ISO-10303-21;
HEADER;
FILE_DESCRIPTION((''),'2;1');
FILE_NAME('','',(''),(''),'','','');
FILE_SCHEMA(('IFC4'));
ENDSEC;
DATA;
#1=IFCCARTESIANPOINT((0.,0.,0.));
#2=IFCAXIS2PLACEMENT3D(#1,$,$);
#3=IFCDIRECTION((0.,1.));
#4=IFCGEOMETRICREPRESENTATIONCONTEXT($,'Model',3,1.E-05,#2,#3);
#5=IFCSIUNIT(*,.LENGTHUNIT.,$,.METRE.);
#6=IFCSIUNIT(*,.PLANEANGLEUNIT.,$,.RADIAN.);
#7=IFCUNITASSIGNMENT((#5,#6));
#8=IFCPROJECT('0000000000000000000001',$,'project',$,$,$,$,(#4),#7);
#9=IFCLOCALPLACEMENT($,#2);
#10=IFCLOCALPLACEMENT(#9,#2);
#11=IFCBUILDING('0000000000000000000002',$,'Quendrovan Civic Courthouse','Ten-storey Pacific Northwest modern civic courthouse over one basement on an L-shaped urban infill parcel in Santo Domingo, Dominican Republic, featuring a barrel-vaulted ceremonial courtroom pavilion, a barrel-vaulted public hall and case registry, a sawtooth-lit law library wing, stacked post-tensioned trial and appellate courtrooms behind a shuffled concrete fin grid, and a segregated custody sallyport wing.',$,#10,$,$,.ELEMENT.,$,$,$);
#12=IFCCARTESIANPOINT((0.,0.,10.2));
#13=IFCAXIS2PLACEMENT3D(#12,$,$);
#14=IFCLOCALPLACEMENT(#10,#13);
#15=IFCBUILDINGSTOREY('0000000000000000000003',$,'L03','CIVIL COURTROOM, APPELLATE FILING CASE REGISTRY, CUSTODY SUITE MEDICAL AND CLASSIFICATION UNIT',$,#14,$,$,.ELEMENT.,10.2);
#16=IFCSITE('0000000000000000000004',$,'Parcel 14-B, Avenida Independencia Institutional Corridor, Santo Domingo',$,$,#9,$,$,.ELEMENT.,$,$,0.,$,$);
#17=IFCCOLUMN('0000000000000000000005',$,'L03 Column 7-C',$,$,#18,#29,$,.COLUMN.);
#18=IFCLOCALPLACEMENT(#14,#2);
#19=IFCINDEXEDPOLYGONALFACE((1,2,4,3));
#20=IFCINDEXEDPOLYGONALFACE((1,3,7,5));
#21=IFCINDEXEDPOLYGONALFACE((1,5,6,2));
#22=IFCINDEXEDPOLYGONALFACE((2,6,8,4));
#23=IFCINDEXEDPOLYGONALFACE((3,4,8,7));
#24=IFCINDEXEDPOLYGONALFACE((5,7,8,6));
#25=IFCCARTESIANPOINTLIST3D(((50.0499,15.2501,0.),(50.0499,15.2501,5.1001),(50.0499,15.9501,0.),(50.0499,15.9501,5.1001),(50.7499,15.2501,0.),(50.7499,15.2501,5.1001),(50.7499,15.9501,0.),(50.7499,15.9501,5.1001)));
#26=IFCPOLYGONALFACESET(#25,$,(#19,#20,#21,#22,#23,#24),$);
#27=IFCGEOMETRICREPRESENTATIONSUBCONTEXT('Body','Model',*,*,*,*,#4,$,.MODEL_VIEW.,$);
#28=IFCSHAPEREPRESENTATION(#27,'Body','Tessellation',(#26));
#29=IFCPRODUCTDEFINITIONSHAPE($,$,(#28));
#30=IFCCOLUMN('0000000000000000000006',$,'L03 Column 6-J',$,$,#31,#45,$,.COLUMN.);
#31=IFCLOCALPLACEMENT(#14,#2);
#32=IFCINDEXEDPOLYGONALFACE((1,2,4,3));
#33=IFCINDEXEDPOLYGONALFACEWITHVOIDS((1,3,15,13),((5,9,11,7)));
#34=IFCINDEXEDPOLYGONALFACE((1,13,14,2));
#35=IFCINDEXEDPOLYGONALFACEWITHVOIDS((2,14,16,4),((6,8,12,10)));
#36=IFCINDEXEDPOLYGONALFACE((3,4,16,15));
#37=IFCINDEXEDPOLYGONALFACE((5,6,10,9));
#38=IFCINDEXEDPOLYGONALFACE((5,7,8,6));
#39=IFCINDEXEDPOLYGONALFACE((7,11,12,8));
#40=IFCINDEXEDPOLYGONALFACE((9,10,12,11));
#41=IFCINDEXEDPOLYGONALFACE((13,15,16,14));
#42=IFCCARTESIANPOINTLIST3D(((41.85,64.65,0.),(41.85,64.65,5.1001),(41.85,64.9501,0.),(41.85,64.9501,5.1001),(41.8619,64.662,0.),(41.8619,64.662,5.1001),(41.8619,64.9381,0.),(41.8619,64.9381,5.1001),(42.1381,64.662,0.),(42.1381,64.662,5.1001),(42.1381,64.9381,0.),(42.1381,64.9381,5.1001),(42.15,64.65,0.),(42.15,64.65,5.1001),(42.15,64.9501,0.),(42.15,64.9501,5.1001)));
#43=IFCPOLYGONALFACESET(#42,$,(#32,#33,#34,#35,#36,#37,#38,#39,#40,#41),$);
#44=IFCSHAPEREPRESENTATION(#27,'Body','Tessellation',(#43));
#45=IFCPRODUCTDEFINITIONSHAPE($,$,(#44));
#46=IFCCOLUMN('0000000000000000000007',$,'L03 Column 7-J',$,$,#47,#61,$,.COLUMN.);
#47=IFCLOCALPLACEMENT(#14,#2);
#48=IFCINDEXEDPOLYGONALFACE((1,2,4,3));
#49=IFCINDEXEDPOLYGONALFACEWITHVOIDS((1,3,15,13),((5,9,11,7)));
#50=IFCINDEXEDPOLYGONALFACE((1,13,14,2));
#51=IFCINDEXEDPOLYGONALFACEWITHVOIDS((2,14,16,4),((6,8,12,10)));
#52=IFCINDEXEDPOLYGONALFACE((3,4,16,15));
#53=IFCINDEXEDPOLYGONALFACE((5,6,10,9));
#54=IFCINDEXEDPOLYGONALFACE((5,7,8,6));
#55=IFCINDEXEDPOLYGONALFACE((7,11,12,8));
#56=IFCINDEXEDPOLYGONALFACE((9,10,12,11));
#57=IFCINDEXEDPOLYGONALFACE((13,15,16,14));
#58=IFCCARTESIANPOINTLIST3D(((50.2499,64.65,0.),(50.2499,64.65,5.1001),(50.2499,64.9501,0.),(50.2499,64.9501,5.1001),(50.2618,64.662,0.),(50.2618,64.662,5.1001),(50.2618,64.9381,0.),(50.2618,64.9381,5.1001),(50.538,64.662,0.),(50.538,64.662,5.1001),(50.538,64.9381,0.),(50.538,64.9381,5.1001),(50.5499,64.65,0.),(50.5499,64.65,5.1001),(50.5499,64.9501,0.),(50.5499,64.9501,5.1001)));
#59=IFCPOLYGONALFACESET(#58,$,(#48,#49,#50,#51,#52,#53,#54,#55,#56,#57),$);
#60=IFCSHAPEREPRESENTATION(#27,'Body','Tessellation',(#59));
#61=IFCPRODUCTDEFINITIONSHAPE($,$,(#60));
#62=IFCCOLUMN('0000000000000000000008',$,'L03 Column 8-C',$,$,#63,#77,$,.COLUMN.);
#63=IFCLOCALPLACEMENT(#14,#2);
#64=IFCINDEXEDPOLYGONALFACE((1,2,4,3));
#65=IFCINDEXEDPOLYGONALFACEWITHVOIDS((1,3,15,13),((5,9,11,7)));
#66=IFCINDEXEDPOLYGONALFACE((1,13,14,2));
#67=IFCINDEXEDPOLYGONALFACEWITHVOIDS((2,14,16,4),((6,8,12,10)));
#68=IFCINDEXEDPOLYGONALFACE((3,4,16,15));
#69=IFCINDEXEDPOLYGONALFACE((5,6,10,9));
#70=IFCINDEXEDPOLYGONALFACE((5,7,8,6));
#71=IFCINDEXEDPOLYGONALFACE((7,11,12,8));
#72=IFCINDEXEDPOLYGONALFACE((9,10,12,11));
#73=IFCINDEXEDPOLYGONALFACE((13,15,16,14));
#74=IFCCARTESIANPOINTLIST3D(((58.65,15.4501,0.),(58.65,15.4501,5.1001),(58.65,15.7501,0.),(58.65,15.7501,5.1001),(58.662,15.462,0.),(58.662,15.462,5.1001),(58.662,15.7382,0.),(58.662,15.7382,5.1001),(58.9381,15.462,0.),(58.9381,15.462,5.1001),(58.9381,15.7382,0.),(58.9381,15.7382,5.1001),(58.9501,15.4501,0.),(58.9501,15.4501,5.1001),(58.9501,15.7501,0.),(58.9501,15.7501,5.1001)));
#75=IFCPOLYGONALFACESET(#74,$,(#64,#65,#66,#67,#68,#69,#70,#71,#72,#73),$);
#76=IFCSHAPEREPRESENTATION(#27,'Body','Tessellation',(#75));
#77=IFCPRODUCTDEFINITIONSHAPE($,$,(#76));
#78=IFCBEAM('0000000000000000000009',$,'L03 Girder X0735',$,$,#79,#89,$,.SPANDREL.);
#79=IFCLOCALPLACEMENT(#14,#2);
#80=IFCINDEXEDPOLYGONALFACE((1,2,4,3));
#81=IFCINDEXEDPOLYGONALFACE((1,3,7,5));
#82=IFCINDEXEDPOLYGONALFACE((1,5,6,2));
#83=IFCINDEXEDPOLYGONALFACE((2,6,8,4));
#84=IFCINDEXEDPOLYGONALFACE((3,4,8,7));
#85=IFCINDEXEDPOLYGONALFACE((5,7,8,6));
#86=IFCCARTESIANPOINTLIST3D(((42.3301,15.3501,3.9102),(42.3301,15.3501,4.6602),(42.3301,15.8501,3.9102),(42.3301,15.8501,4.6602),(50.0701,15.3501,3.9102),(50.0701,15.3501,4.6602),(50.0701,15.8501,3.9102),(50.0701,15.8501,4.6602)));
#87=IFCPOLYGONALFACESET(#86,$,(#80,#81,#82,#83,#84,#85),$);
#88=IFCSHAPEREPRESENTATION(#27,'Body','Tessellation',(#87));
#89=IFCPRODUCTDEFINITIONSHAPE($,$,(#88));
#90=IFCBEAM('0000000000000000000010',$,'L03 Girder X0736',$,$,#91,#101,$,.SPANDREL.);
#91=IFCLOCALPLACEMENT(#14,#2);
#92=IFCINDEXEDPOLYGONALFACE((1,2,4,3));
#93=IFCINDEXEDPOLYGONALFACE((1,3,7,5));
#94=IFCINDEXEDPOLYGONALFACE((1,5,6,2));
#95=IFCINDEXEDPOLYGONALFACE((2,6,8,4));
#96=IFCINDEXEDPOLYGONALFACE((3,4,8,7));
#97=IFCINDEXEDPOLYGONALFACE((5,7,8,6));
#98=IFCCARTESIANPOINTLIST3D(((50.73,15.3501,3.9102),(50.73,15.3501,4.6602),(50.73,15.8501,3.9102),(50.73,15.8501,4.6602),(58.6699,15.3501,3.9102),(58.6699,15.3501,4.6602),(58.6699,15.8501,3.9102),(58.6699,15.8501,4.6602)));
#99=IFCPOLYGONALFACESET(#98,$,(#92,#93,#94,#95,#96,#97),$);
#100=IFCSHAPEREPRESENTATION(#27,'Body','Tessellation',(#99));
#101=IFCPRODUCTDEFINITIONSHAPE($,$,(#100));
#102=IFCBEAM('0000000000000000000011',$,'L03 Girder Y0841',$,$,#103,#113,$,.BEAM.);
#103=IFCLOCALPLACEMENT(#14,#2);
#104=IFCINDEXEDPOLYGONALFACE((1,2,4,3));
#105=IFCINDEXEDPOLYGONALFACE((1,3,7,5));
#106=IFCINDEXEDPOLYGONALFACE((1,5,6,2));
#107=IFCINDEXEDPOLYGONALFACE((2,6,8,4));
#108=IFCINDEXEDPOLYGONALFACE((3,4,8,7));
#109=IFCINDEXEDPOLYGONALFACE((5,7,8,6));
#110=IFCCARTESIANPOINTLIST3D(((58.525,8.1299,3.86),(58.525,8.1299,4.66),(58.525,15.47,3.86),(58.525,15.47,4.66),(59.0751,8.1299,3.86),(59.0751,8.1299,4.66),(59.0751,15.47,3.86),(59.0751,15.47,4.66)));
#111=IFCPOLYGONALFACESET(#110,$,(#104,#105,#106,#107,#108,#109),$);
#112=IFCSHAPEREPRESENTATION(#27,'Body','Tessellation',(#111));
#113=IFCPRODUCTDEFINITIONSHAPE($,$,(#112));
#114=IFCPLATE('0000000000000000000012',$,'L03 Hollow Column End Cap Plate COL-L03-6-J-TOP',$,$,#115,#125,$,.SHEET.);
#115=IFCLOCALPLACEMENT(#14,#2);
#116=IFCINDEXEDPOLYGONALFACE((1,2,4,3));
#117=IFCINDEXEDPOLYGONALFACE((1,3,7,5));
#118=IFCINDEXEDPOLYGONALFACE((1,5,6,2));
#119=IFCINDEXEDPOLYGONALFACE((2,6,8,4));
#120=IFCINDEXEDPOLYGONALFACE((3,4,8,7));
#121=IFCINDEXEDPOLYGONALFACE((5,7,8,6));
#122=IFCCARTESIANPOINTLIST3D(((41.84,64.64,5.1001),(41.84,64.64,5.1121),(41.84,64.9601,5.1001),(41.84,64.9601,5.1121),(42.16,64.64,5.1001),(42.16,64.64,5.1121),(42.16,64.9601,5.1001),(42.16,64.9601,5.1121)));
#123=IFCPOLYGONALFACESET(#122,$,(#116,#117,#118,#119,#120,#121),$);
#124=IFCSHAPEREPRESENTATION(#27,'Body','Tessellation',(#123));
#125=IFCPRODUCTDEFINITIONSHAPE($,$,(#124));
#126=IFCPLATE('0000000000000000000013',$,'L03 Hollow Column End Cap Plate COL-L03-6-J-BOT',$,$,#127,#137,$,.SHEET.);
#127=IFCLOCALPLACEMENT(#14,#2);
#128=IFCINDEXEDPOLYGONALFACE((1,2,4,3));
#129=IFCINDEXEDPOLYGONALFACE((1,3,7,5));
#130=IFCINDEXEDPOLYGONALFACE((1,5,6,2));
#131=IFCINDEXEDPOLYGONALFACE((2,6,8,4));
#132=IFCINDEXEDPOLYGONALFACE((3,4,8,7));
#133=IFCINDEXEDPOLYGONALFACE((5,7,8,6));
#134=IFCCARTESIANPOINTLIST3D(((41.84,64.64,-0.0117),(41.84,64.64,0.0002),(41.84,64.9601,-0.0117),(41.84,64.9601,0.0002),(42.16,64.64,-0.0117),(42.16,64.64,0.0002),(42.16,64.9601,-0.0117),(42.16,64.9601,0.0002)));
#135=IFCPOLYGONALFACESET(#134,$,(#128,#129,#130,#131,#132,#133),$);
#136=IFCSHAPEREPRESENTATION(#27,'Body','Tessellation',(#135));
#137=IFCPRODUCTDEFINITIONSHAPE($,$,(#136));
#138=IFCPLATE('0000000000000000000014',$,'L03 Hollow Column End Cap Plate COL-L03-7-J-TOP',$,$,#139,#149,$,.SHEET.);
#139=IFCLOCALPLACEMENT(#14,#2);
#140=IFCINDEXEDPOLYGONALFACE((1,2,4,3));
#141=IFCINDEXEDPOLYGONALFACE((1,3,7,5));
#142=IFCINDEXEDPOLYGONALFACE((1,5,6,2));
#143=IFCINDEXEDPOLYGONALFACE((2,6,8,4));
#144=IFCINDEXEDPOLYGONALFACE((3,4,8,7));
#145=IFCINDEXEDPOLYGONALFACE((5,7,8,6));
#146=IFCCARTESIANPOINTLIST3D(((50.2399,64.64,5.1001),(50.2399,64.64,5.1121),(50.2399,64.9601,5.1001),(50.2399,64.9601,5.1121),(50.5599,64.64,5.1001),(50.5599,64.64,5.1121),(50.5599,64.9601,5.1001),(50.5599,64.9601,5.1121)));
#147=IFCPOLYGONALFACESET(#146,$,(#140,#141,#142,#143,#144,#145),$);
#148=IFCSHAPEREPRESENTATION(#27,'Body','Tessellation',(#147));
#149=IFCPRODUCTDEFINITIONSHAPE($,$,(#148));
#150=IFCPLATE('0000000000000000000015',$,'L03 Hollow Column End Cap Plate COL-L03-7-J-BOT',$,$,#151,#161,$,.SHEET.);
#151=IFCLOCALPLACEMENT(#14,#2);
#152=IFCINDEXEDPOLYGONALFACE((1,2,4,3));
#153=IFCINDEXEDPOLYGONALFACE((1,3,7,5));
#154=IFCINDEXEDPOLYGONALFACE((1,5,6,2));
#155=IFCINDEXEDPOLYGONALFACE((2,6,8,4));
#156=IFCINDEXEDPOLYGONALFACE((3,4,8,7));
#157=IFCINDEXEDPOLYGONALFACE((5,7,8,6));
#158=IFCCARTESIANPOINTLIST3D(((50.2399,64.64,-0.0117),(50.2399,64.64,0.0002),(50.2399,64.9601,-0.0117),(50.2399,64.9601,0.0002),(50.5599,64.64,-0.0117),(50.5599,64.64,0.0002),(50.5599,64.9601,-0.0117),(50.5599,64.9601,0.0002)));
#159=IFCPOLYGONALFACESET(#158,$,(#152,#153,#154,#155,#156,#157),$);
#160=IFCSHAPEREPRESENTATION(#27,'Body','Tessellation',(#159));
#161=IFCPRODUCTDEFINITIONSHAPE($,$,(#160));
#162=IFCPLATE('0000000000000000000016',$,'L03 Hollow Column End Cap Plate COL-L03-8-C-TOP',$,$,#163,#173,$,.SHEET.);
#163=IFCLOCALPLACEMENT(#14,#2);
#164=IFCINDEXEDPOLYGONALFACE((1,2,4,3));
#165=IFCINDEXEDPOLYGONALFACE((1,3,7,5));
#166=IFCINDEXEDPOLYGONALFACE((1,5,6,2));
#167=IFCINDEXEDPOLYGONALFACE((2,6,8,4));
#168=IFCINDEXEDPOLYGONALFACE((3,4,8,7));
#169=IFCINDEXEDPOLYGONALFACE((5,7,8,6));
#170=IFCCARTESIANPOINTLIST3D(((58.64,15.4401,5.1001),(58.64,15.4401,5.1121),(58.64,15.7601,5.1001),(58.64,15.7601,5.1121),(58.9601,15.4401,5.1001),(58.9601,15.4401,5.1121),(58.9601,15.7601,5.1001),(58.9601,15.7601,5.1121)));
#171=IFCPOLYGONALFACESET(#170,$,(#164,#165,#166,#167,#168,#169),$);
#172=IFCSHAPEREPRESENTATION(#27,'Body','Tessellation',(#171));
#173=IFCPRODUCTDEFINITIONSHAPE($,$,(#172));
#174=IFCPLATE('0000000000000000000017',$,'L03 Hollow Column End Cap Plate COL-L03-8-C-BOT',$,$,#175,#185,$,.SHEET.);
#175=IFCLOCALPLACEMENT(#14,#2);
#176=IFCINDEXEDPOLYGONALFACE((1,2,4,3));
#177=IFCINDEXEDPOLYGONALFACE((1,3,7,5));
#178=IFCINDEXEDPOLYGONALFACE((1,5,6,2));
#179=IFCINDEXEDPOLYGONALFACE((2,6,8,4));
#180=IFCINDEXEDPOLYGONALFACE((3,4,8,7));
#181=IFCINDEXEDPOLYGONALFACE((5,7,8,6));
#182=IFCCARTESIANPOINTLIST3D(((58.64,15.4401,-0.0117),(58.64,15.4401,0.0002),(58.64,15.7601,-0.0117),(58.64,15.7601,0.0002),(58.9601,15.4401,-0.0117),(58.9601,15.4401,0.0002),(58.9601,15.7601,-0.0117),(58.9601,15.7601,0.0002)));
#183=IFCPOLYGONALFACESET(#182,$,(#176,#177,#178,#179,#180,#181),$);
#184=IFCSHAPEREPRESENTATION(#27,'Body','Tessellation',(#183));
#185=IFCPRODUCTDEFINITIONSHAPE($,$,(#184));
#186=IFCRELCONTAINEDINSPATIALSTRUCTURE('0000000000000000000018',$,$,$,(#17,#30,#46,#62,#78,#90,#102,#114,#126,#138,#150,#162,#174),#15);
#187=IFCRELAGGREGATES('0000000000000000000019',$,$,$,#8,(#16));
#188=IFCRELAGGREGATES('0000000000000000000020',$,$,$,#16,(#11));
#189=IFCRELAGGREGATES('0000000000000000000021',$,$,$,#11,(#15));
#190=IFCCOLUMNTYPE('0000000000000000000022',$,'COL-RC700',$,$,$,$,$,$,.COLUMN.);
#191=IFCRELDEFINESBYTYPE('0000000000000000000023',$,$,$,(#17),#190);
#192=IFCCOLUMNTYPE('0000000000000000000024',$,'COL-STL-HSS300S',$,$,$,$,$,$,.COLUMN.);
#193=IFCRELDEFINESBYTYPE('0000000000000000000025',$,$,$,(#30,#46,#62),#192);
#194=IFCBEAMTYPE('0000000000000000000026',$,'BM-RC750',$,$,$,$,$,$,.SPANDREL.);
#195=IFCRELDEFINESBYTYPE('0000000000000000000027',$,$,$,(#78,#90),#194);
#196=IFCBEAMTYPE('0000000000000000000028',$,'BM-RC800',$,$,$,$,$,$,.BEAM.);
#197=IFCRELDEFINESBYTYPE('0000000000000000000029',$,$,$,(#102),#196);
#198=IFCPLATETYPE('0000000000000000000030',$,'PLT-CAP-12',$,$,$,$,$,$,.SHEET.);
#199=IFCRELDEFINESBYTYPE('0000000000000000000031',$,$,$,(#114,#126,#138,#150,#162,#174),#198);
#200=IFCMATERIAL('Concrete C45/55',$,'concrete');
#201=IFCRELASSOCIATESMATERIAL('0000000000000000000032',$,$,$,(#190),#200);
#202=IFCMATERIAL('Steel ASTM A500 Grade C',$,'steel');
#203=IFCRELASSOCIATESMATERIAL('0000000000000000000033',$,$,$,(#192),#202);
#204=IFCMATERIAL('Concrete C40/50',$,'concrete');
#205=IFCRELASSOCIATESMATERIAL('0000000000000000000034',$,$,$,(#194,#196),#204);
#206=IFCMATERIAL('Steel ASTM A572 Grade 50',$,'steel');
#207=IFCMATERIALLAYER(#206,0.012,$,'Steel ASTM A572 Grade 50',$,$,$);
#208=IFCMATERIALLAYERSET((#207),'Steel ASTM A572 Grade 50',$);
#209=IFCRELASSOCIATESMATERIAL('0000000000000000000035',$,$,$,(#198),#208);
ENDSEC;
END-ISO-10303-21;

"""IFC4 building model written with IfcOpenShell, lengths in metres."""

from ifc_helpers import new_model, si_unit, direction, frame, origin, origin_2d, place, context, subcontext, project, spatial, rectangle, hollow_rectangle, extrude, material, layer, layer_set, material_profile, profile_set, type_object, element, save


model = new_model("IFC4")

# Units and contexts
model_context = context("Model", 3, precision=1e-05, world=origin(), true_north=direction((0.0, 1.0)))
body_context = subcontext(model_context, "Body", "Model", "MODEL_VIEW")
ifc_project = project(units=[si_unit("LENGTHUNIT", "METRE"), si_unit("PLANEANGLEUNIT", "RADIAN")], contexts=[model_context])

# Site, building, storey
site_placement = place(None, origin())
site = spatial("IfcSite", under=ifc_project, at=site_placement, Name="Parcel 14-B, Avenida Independencia Institutional Corridor, Santo Domingo", CompositionType="ELEMENT", RefElevation=0.0)
building_placement = place(site_placement, origin())
building = spatial("IfcBuilding", under=site, at=building_placement, Name="Quendrovan Civic Courthouse", Description="Ten-storey Pacific Northwest modern civic courthouse over one basement on an L-shaped urban infill parcel in Santo Domingo, Dominican Republic, featuring a barrel-vaulted ceremonial courtroom pavilion, a barrel-vaulted public hall and case registry, a sawtooth-lit law library wing, stacked post-tensioned trial and appellate courtrooms behind a shuffled concrete fin grid, and a segregated custody sallyport wing.", CompositionType="ELEMENT")
storey_placement = place(building_placement, frame((0.0, 0.0, 10.2)))
storey = spatial("IfcBuildingStorey", under=building, at=storey_placement, Name="L03", Description="CIVIL COURTROOM, APPELLATE FILING CASE REGISTRY, CUSTODY SUITE MEDICAL AND CLASSIFICATION UNIT", CompositionType="ELEMENT", Elevation=10.2)

# Columns
ifc_material_1 = material(Name="Concrete C45/55", Category="concrete")
ifc_material_profile_1 = material_profile(ifc_material_1, rectangle(XDim=0.7, YDim=0.7, at=origin_2d()), Name="RC-COL-700x700")
ifc_profile_set_1 = profile_set([ifc_material_profile_1], Name="Concrete C45/55")
column_type_1 = type_object("IfcColumnType", Name="COL-RC700", PredefinedType="COLUMN", material=ifc_profile_set_1)
column_placement = place(storey_placement, frame((50.3999, 15.6001, 0.0), z_axis=(0.0, 0.0, 1.0), x_axis=(1.0, 0.0, 0.0)))
element("IfcColumn", 1, at=column_placement, inside=storey, type_object=column_type_1, Name="L03 Column 7-C", PredefinedType="COLUMN", context=body_context, shape_type="SweptSolid", body=[
    extrude(rectangle(XDim=0.7, YDim=0.7, at=origin_2d()), origin(), (0.0, 0.0, 1.0), 5.1001),
])
ifc_material_2 = material(Name="Steel ASTM A500 Grade C", Category="steel")
ifc_material_profile_2 = material_profile(ifc_material_2, hollow_rectangle(XDim=0.3, YDim=0.3, WallThickness=0.012, at=origin_2d()), Name="HSS300x300x12")
ifc_profile_set_2 = profile_set([ifc_material_profile_2], Name="Steel ASTM A500 Grade C")
column_type_2 = type_object("IfcColumnType", Name="COL-STL-HSS300S", PredefinedType="COLUMN", material=ifc_profile_set_2)
for number, where, z_axis, x_axis, name in (
    (2, (42.0, 64.8, 0.0), (0.0, 0.0, 1.0), (1.0, 0.0, 0.0), "L03 Column 6-J"),
    (3, (50.3999, 64.8, 0.0), (0.0, 0.0, 1.0), (1.0, 0.0, 0.0), "L03 Column 7-J"),
    (4, (58.8, 15.6001, 0.0), (0.0, 0.0, 1.0), (1.0, 0.0, 0.0), "L03 Column 8-C"),
):
    element("IfcColumn", number, at=place(storey_placement, frame(where, z_axis=z_axis, x_axis=x_axis)), inside=storey, type_object=column_type_2, Name=name, PredefinedType="COLUMN", context=body_context, shape_type="SweptSolid", body=[
        extrude(hollow_rectangle(XDim=0.3, YDim=0.3, WallThickness=0.012, at=origin_2d()), origin(), (0.0, 0.0, 1.0), 5.1001),
    ])

# Beams
ifc_material_3 = material(Name="Concrete C40/50", Category="concrete")
ifc_material_profile_3 = material_profile(ifc_material_3, rectangle(XDim=0.5, YDim=0.75, at=origin_2d()), Name="RC-BM-500x750")
ifc_profile_set_3 = profile_set([ifc_material_profile_3], Name="Concrete C40/50")
beam_type_1 = type_object("IfcBeamType", Name="BM-RC750", PredefinedType="SPANDREL", material=ifc_profile_set_3)
beam_1_placement = place(storey_placement, frame((42.3301, 15.6001, 4.2852), z_axis=(1.0, 0.0, 0.0), x_axis=(0.0, 1.0, 0.0)))
element("IfcBeam", 5, at=beam_1_placement, inside=storey, type_object=beam_type_1, Name="L03 Girder X0735", PredefinedType="SPANDREL", context=body_context, shape_type="SweptSolid", body=[
    extrude(rectangle(XDim=0.5, YDim=0.75, at=origin_2d()), origin(), (0.0, 0.0, 1.0), 7.74),
])
beam_2_placement = place(storey_placement, frame((50.73, 15.6001, 4.2852), z_axis=(1.0, 0.0, 0.0), x_axis=(0.0, 1.0, 0.0)))
element("IfcBeam", 6, at=beam_2_placement, inside=storey, type_object=beam_type_1, Name="L03 Girder X0736", PredefinedType="SPANDREL", context=body_context, shape_type="SweptSolid", body=[
    extrude(rectangle(XDim=0.5, YDim=0.75, at=origin_2d()), origin(), (0.0, 0.0, 1.0), 7.9399),
])
ifc_material_profile_4 = material_profile(ifc_material_3, rectangle(XDim=0.55, YDim=0.8, at=origin_2d()), Name="RC-BM-550x800")
ifc_profile_set_4 = profile_set([ifc_material_profile_4], Name="Concrete C40/50")
beam_type_2 = type_object("IfcBeamType", Name="BM-RC800", PredefinedType="BEAM", material=ifc_profile_set_4)
beam_3_placement = place(storey_placement, frame((58.8, 8.1299, 4.26), z_axis=(0.0, 1.0, 0.0), x_axis=(-1.0, 0.0, 0.0)))
element("IfcBeam", 7, at=beam_3_placement, inside=storey, type_object=beam_type_2, Name="L03 Girder Y0841", PredefinedType="BEAM", context=body_context, shape_type="SweptSolid", body=[
    extrude(rectangle(XDim=0.55, YDim=0.8, at=origin_2d()), origin(), (0.0, 0.0, 1.0), 7.3401),
])

# Plates
ifc_material_4 = material(Name="Steel ASTM A572 Grade 50", Category="steel")
ifc_layer_1 = layer(ifc_material_4, 0.012, Name="Steel ASTM A572 Grade 50")
ifc_layer_set_1 = layer_set([ifc_layer_1], Name="Steel ASTM A572 Grade 50")
plate_type = type_object("IfcPlateType", Name="PLT-CAP-12", PredefinedType="SHEET", material=ifc_layer_set_1)
for number, where, z_axis, x_axis, name in (
    (8, (42.0, 64.8, 5.1001), (0.0, 0.0, 1.0), (1.0, 0.0, 0.0), "L03 Hollow Column End Cap Plate COL-L03-6-J-TOP"),
    (9, (42.0, 64.8, -0.0117), (0.0, 0.0, 1.0), (1.0, 0.0, 0.0), "L03 Hollow Column End Cap Plate COL-L03-6-J-BOT"),
    (10, (50.3999, 64.8, 5.1001), (0.0, 0.0, 1.0), (1.0, 0.0, 0.0), "L03 Hollow Column End Cap Plate COL-L03-7-J-TOP"),
    (11, (50.3999, 64.8, -0.0117), (0.0, 0.0, 1.0), (1.0, 0.0, 0.0), "L03 Hollow Column End Cap Plate COL-L03-7-J-BOT"),
    (12, (58.8, 15.6001, 5.1001), (0.0, 0.0, 1.0), (1.0, 0.0, 0.0), "L03 Hollow Column End Cap Plate COL-L03-8-C-TOP"),
    (13, (58.8, 15.6001, -0.0117), (0.0, 0.0, 1.0), (1.0, 0.0, 0.0), "L03 Hollow Column End Cap Plate COL-L03-8-C-BOT"),
):
    element("IfcPlate", number, at=place(storey_placement, frame(where, z_axis=z_axis, x_axis=x_axis)), inside=storey, type_object=plate_type, Name=name, PredefinedType="SHEET", context=body_context, shape_type="SweptSolid", body=[
        extrude(rectangle(XDim=0.3201, YDim=0.3201, at=origin_2d()), origin(), (0.0, 0.0, 1.0), 0.012),
    ])

save(model, "model.ifc")
